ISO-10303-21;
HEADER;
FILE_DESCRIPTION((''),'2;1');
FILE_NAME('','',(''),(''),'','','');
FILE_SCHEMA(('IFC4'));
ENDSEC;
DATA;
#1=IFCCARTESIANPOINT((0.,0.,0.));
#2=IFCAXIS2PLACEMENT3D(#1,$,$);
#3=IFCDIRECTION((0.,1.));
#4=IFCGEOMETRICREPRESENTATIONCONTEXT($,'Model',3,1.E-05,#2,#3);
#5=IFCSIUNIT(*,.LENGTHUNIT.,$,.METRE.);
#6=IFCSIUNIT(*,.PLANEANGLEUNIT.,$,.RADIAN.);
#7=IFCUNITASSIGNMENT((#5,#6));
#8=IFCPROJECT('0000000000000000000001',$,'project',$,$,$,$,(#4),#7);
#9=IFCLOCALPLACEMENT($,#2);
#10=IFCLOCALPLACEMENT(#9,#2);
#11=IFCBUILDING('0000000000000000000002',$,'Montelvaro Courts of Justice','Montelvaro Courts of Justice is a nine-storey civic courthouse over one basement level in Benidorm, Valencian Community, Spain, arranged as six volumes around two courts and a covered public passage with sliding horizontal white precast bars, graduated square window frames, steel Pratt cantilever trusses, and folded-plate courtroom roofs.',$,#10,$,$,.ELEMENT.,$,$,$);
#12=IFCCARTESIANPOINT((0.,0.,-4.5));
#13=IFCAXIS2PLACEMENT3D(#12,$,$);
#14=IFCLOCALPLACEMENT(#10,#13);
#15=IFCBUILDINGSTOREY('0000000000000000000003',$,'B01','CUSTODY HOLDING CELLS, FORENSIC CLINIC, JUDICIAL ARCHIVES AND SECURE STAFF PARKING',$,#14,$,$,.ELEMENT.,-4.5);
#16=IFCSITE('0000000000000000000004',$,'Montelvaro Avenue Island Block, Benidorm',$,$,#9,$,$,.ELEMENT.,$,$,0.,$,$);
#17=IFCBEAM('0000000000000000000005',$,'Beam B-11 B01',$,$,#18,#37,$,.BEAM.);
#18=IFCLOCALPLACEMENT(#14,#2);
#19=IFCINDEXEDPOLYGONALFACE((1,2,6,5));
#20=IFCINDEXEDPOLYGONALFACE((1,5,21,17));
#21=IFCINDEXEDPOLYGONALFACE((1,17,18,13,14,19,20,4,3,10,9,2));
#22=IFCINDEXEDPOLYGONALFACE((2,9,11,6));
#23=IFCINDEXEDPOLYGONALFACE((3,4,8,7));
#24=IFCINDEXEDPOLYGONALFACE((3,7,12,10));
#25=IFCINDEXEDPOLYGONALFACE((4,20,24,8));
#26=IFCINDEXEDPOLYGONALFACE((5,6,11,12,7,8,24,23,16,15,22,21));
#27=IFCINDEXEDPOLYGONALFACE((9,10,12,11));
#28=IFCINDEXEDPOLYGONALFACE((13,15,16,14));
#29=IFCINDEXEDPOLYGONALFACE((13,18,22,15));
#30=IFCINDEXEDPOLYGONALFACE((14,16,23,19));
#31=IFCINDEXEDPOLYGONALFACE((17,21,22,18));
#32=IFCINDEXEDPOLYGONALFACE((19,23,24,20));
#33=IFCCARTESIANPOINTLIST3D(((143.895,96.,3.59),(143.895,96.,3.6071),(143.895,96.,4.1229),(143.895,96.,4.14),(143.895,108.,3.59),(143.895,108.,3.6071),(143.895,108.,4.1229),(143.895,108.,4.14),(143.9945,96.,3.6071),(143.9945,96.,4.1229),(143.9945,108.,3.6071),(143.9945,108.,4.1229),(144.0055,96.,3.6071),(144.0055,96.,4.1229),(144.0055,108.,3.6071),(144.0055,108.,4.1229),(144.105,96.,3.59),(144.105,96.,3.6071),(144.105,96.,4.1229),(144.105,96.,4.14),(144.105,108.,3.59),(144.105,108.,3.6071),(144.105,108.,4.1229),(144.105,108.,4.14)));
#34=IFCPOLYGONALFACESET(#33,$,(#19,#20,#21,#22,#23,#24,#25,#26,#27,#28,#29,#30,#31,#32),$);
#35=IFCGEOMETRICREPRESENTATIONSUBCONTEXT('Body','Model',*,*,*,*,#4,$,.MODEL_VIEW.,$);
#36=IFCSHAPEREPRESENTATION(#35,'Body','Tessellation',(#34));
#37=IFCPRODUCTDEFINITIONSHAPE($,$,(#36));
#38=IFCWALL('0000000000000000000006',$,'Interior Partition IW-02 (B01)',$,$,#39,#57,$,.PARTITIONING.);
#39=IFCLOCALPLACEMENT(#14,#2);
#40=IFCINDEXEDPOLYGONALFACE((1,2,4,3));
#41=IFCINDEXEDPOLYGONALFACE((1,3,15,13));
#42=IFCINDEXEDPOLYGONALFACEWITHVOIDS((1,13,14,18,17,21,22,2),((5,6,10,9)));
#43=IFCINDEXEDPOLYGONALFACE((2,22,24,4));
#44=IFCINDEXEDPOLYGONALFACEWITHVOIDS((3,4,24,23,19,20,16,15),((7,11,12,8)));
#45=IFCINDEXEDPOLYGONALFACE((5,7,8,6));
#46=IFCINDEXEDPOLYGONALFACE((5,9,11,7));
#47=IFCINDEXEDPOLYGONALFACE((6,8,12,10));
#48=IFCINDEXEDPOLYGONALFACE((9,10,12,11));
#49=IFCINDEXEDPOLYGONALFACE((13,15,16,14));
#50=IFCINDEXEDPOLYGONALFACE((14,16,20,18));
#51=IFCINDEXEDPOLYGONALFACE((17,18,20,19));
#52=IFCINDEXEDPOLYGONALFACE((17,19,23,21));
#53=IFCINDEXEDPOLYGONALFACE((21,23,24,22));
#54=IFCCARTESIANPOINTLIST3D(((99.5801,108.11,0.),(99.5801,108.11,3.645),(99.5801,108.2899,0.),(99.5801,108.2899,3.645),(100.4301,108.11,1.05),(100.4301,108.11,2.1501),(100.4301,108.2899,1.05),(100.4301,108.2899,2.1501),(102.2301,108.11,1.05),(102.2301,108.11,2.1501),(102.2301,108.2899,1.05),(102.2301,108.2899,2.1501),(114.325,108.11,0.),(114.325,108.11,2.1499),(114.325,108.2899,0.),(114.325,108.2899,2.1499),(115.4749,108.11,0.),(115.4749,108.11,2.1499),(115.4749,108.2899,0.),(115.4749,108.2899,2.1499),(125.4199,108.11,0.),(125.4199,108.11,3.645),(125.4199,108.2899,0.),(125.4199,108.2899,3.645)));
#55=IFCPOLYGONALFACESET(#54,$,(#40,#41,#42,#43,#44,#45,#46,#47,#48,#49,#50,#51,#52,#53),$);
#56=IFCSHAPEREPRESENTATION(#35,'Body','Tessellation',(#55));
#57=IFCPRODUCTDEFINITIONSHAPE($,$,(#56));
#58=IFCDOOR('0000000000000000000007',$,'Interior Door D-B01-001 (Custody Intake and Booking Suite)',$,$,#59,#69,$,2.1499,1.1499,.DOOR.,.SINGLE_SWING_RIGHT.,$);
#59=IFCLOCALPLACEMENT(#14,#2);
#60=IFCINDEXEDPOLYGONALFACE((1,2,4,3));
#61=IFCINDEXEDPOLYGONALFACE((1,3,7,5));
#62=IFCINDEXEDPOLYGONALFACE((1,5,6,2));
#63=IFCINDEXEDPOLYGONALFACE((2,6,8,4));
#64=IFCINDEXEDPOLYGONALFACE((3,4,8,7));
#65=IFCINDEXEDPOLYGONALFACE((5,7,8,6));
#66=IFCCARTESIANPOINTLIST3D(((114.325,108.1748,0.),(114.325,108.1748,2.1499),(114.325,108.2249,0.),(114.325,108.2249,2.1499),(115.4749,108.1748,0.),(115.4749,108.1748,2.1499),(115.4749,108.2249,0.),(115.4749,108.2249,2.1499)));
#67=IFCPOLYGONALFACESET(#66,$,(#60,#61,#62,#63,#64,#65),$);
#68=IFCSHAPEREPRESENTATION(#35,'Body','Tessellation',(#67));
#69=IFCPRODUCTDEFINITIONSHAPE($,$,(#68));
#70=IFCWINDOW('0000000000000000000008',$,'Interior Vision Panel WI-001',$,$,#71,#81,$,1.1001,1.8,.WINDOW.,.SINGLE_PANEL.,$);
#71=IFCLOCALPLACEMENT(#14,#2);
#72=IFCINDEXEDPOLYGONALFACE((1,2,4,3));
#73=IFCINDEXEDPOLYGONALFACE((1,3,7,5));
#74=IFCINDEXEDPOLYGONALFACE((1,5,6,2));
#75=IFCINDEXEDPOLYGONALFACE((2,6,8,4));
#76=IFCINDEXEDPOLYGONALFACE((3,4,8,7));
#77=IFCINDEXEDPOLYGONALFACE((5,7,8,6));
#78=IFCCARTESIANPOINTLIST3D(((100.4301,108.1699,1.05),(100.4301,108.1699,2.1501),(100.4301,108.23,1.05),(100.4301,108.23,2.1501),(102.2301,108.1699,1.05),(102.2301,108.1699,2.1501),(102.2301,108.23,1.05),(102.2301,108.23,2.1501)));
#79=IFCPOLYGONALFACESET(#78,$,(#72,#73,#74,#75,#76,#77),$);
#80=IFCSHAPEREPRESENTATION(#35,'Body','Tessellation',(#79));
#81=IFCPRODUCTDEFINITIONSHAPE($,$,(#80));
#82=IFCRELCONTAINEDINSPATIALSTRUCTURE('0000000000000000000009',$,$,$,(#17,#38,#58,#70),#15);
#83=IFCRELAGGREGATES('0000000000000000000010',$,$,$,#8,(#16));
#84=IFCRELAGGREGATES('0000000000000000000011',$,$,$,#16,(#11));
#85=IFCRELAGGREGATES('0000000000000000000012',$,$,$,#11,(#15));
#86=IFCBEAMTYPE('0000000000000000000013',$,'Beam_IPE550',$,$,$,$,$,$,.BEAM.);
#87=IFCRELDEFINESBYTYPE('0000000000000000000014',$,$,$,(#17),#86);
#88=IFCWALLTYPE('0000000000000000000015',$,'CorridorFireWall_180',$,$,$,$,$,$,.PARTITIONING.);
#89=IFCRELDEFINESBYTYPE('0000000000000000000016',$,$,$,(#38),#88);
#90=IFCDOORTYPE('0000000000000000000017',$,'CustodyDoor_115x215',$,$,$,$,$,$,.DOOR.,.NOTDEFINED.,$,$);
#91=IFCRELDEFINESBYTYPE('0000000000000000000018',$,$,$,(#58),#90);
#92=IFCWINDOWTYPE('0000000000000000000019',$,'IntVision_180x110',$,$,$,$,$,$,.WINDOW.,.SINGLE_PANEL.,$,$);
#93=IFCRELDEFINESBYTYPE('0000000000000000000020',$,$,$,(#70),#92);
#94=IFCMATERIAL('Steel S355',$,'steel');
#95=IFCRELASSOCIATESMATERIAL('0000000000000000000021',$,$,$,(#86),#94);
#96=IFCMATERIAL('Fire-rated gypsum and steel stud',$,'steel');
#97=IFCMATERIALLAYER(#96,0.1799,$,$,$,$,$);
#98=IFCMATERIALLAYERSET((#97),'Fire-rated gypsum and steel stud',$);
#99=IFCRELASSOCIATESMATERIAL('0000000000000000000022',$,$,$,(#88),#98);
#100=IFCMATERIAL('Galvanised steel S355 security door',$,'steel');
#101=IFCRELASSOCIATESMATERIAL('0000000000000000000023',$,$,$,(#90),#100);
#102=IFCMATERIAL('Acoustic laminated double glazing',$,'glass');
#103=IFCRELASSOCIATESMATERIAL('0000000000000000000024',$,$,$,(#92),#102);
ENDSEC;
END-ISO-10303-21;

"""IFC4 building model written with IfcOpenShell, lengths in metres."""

from ifc_helpers import new_model, si_unit, direction, frame, frame_2d, origin, origin_2d, place, context, subcontext, project, spatial, rectangle, i_section, extrude, material, layer, layer_set, material_profile, profile_set, type_object, element, fill, save


model = new_model("IFC4")

# Units and contexts
model_context = context("Model", 3, precision=1e-05, world=origin(), true_north=direction((0.0, 1.0)))
body_context = subcontext(model_context, "Body", "Model", "MODEL_VIEW")
ifc_project = project(units=[si_unit("LENGTHUNIT", "METRE"), si_unit("PLANEANGLEUNIT", "RADIAN")], contexts=[model_context])

# Site, building, storey
site_placement = place(None, origin())
site = spatial("IfcSite", under=ifc_project, at=site_placement, Name="Montelvaro Avenue Island Block, Benidorm", CompositionType="ELEMENT", RefElevation=0.0)
building_placement = place(site_placement, origin())
building = spatial("IfcBuilding", under=site, at=building_placement, Name="Montelvaro Courts of Justice", Description="Montelvaro Courts of Justice is a nine-storey civic courthouse over one basement level in Benidorm, Valencian Community, Spain, arranged as six volumes around two courts and a covered public passage with sliding horizontal white precast bars, graduated square window frames, steel Pratt cantilever trusses, and folded-plate courtroom roofs.", CompositionType="ELEMENT")
storey_placement = place(building_placement, frame((0.0, 0.0, -4.5)))
storey = spatial("IfcBuildingStorey", under=building, at=storey_placement, Name="B01", Description="CUSTODY HOLDING CELLS, FORENSIC CLINIC, JUDICIAL ARCHIVES AND SECURE STAFF PARKING", CompositionType="ELEMENT", Elevation=-4.5)

# Beam
ifc_material_1 = material(Name="Steel S355", Category="steel")
ifc_material_profile_1 = material_profile(ifc_material_1, i_section(OverallWidth=0.21, OverallDepth=0.55, WebThickness=0.011, FlangeThickness=0.0171, at=origin_2d()), Name="IPE 550")
ifc_profile_set_1 = profile_set([ifc_material_profile_1], Name="Steel S355")
beam_type_1 = type_object("IfcBeamType", Name="Beam_IPE550", PredefinedType="BEAM", material=ifc_profile_set_1)
beam_1_placement = place(storey_placement, frame((144.0, 96.0, 3.865), z_axis=(0.0, 1.0, 0.0), x_axis=(-1.0, 0.0, 0.0)))
element("IfcBeam", 1, at=beam_1_placement, inside=storey, type_object=beam_type_1, Name="Beam B-11 B01", PredefinedType="BEAM", context=body_context, shape_type="SweptSolid", body=[
    extrude(i_section(OverallWidth=0.21, OverallDepth=0.55, WebThickness=0.011, FlangeThickness=0.0171, at=origin_2d()), origin(), (0.0, 0.0, 1.0), 12.0),
])

# Wall, openings, door, window
ifc_material_2 = material(Name="Fire-rated gypsum and steel stud", Category="steel")
ifc_layer = layer(ifc_material_2, 0.1799)
ifc_layer_set = layer_set([ifc_layer], Name="Fire-rated gypsum and steel stud")
wall_type = type_object("IfcWallType", Name="CorridorFireWall_180", PredefinedType="PARTITIONING", material=ifc_layer_set)
wall_placement = place(storey_placement, frame((125.4199, 108.2, 0.0), z_axis=(0.0, 0.0, 1.0), x_axis=(-1.0, 0.0, 0.0)))
wall = element("IfcWall", 2, at=wall_placement, inside=storey, type_object=wall_type, Name="Interior Partition IW-02 (B01)", PredefinedType="PARTITIONING", context=body_context, shape_type="SweptSolid", body=[
    extrude(rectangle(XDim=25.8398, YDim=0.1799, at=frame_2d((12.9199, 0.0))), origin(), (0.0, 0.0, 1.0), 3.645),
])
opening_1_placement = place(wall_placement, frame((9.9451, 0.0, 0.0)))
opening_1 = element("IfcOpeningElement", 3, at=opening_1_placement, cuts=wall, PredefinedType="OPENING", context=body_context, shape_type="SweptSolid", body=[
    extrude(rectangle(XDim=1.1499, YDim=2.1499, at=frame_2d((0.575, 1.075))), frame((0.0, 0.105, 0.0), z_axis=(0.0, -1.0, 0.0), x_axis=(1.0, 0.0, 0.0)), (0.0, 0.0, 1.0), 0.2097),
])
opening_2_placement = place(wall_placement, frame((23.1899, 0.0, 1.05)))
opening_2 = element("IfcOpeningElement", 4, at=opening_2_placement, cuts=wall, PredefinedType="OPENING", context=body_context, shape_type="SweptSolid", body=[
    extrude(rectangle(XDim=1.8, YDim=1.1001, at=frame_2d((0.8999, 0.55))), frame((0.0, 0.105, 0.0), z_axis=(0.0, -1.0, 0.0), x_axis=(1.0, 0.0, 0.0)), (0.0, 0.0, 1.0), 0.2097),
])
ifc_material_3 = material(Name="Galvanised steel S355 security door", Category="steel")
door_type = type_object("IfcDoorType", Name="CustodyDoor_115x215", OperationType="NOTDEFINED", PredefinedType="DOOR", material=ifc_material_3)
door_placement = place(opening_1_placement, frame((1.1499, 0.0, 0.0), z_axis=(0.0, 0.0, 1.0), x_axis=(-1.0, 0.0, 0.0)))
door = element("IfcDoor", 5, at=door_placement, inside=storey, type_object=door_type, Name="Interior Door D-B01-001 (Custody Intake and Booking Suite)", OperationType="SINGLE_SWING_RIGHT", OverallHeight=2.1499, OverallWidth=1.1499, PredefinedType="DOOR", context=body_context, shape_type="SweptSolid", body=[
    extrude(rectangle(XDim=1.1499, YDim=2.1499, at=frame_2d((0.575, 1.075))), frame((0.0, 0.0249, 0.0), z_axis=(0.0, -1.0, 0.0), x_axis=(1.0, 0.0, 0.0)), (0.0, 0.0, 1.0), 0.05),
])
fill(opening_1, door)
ifc_material_4 = material(Name="Acoustic laminated double glazing", Category="glass")
window_type = type_object("IfcWindowType", Name="IntVision_180x110", PartitioningType="SINGLE_PANEL", PredefinedType="WINDOW", material=ifc_material_4)
window_placement = place(opening_2_placement, origin())
window = element("IfcWindow", 6, at=window_placement, inside=storey, type_object=window_type, Name="Interior Vision Panel WI-001", OverallHeight=1.1001, OverallWidth=1.8, PartitioningType="SINGLE_PANEL", PredefinedType="WINDOW", context=body_context, shape_type="SweptSolid", body=[
    extrude(rectangle(XDim=1.8, YDim=1.1001, at=frame_2d((0.8999, 0.55))), frame((0.0, 0.03, 0.0), z_axis=(0.0, -1.0, 0.0), x_axis=(1.0, 0.0, 0.0)), (0.0, 0.0, 1.0), 0.0601),
])
fill(opening_2, window)

save(model, "model.ifc")
